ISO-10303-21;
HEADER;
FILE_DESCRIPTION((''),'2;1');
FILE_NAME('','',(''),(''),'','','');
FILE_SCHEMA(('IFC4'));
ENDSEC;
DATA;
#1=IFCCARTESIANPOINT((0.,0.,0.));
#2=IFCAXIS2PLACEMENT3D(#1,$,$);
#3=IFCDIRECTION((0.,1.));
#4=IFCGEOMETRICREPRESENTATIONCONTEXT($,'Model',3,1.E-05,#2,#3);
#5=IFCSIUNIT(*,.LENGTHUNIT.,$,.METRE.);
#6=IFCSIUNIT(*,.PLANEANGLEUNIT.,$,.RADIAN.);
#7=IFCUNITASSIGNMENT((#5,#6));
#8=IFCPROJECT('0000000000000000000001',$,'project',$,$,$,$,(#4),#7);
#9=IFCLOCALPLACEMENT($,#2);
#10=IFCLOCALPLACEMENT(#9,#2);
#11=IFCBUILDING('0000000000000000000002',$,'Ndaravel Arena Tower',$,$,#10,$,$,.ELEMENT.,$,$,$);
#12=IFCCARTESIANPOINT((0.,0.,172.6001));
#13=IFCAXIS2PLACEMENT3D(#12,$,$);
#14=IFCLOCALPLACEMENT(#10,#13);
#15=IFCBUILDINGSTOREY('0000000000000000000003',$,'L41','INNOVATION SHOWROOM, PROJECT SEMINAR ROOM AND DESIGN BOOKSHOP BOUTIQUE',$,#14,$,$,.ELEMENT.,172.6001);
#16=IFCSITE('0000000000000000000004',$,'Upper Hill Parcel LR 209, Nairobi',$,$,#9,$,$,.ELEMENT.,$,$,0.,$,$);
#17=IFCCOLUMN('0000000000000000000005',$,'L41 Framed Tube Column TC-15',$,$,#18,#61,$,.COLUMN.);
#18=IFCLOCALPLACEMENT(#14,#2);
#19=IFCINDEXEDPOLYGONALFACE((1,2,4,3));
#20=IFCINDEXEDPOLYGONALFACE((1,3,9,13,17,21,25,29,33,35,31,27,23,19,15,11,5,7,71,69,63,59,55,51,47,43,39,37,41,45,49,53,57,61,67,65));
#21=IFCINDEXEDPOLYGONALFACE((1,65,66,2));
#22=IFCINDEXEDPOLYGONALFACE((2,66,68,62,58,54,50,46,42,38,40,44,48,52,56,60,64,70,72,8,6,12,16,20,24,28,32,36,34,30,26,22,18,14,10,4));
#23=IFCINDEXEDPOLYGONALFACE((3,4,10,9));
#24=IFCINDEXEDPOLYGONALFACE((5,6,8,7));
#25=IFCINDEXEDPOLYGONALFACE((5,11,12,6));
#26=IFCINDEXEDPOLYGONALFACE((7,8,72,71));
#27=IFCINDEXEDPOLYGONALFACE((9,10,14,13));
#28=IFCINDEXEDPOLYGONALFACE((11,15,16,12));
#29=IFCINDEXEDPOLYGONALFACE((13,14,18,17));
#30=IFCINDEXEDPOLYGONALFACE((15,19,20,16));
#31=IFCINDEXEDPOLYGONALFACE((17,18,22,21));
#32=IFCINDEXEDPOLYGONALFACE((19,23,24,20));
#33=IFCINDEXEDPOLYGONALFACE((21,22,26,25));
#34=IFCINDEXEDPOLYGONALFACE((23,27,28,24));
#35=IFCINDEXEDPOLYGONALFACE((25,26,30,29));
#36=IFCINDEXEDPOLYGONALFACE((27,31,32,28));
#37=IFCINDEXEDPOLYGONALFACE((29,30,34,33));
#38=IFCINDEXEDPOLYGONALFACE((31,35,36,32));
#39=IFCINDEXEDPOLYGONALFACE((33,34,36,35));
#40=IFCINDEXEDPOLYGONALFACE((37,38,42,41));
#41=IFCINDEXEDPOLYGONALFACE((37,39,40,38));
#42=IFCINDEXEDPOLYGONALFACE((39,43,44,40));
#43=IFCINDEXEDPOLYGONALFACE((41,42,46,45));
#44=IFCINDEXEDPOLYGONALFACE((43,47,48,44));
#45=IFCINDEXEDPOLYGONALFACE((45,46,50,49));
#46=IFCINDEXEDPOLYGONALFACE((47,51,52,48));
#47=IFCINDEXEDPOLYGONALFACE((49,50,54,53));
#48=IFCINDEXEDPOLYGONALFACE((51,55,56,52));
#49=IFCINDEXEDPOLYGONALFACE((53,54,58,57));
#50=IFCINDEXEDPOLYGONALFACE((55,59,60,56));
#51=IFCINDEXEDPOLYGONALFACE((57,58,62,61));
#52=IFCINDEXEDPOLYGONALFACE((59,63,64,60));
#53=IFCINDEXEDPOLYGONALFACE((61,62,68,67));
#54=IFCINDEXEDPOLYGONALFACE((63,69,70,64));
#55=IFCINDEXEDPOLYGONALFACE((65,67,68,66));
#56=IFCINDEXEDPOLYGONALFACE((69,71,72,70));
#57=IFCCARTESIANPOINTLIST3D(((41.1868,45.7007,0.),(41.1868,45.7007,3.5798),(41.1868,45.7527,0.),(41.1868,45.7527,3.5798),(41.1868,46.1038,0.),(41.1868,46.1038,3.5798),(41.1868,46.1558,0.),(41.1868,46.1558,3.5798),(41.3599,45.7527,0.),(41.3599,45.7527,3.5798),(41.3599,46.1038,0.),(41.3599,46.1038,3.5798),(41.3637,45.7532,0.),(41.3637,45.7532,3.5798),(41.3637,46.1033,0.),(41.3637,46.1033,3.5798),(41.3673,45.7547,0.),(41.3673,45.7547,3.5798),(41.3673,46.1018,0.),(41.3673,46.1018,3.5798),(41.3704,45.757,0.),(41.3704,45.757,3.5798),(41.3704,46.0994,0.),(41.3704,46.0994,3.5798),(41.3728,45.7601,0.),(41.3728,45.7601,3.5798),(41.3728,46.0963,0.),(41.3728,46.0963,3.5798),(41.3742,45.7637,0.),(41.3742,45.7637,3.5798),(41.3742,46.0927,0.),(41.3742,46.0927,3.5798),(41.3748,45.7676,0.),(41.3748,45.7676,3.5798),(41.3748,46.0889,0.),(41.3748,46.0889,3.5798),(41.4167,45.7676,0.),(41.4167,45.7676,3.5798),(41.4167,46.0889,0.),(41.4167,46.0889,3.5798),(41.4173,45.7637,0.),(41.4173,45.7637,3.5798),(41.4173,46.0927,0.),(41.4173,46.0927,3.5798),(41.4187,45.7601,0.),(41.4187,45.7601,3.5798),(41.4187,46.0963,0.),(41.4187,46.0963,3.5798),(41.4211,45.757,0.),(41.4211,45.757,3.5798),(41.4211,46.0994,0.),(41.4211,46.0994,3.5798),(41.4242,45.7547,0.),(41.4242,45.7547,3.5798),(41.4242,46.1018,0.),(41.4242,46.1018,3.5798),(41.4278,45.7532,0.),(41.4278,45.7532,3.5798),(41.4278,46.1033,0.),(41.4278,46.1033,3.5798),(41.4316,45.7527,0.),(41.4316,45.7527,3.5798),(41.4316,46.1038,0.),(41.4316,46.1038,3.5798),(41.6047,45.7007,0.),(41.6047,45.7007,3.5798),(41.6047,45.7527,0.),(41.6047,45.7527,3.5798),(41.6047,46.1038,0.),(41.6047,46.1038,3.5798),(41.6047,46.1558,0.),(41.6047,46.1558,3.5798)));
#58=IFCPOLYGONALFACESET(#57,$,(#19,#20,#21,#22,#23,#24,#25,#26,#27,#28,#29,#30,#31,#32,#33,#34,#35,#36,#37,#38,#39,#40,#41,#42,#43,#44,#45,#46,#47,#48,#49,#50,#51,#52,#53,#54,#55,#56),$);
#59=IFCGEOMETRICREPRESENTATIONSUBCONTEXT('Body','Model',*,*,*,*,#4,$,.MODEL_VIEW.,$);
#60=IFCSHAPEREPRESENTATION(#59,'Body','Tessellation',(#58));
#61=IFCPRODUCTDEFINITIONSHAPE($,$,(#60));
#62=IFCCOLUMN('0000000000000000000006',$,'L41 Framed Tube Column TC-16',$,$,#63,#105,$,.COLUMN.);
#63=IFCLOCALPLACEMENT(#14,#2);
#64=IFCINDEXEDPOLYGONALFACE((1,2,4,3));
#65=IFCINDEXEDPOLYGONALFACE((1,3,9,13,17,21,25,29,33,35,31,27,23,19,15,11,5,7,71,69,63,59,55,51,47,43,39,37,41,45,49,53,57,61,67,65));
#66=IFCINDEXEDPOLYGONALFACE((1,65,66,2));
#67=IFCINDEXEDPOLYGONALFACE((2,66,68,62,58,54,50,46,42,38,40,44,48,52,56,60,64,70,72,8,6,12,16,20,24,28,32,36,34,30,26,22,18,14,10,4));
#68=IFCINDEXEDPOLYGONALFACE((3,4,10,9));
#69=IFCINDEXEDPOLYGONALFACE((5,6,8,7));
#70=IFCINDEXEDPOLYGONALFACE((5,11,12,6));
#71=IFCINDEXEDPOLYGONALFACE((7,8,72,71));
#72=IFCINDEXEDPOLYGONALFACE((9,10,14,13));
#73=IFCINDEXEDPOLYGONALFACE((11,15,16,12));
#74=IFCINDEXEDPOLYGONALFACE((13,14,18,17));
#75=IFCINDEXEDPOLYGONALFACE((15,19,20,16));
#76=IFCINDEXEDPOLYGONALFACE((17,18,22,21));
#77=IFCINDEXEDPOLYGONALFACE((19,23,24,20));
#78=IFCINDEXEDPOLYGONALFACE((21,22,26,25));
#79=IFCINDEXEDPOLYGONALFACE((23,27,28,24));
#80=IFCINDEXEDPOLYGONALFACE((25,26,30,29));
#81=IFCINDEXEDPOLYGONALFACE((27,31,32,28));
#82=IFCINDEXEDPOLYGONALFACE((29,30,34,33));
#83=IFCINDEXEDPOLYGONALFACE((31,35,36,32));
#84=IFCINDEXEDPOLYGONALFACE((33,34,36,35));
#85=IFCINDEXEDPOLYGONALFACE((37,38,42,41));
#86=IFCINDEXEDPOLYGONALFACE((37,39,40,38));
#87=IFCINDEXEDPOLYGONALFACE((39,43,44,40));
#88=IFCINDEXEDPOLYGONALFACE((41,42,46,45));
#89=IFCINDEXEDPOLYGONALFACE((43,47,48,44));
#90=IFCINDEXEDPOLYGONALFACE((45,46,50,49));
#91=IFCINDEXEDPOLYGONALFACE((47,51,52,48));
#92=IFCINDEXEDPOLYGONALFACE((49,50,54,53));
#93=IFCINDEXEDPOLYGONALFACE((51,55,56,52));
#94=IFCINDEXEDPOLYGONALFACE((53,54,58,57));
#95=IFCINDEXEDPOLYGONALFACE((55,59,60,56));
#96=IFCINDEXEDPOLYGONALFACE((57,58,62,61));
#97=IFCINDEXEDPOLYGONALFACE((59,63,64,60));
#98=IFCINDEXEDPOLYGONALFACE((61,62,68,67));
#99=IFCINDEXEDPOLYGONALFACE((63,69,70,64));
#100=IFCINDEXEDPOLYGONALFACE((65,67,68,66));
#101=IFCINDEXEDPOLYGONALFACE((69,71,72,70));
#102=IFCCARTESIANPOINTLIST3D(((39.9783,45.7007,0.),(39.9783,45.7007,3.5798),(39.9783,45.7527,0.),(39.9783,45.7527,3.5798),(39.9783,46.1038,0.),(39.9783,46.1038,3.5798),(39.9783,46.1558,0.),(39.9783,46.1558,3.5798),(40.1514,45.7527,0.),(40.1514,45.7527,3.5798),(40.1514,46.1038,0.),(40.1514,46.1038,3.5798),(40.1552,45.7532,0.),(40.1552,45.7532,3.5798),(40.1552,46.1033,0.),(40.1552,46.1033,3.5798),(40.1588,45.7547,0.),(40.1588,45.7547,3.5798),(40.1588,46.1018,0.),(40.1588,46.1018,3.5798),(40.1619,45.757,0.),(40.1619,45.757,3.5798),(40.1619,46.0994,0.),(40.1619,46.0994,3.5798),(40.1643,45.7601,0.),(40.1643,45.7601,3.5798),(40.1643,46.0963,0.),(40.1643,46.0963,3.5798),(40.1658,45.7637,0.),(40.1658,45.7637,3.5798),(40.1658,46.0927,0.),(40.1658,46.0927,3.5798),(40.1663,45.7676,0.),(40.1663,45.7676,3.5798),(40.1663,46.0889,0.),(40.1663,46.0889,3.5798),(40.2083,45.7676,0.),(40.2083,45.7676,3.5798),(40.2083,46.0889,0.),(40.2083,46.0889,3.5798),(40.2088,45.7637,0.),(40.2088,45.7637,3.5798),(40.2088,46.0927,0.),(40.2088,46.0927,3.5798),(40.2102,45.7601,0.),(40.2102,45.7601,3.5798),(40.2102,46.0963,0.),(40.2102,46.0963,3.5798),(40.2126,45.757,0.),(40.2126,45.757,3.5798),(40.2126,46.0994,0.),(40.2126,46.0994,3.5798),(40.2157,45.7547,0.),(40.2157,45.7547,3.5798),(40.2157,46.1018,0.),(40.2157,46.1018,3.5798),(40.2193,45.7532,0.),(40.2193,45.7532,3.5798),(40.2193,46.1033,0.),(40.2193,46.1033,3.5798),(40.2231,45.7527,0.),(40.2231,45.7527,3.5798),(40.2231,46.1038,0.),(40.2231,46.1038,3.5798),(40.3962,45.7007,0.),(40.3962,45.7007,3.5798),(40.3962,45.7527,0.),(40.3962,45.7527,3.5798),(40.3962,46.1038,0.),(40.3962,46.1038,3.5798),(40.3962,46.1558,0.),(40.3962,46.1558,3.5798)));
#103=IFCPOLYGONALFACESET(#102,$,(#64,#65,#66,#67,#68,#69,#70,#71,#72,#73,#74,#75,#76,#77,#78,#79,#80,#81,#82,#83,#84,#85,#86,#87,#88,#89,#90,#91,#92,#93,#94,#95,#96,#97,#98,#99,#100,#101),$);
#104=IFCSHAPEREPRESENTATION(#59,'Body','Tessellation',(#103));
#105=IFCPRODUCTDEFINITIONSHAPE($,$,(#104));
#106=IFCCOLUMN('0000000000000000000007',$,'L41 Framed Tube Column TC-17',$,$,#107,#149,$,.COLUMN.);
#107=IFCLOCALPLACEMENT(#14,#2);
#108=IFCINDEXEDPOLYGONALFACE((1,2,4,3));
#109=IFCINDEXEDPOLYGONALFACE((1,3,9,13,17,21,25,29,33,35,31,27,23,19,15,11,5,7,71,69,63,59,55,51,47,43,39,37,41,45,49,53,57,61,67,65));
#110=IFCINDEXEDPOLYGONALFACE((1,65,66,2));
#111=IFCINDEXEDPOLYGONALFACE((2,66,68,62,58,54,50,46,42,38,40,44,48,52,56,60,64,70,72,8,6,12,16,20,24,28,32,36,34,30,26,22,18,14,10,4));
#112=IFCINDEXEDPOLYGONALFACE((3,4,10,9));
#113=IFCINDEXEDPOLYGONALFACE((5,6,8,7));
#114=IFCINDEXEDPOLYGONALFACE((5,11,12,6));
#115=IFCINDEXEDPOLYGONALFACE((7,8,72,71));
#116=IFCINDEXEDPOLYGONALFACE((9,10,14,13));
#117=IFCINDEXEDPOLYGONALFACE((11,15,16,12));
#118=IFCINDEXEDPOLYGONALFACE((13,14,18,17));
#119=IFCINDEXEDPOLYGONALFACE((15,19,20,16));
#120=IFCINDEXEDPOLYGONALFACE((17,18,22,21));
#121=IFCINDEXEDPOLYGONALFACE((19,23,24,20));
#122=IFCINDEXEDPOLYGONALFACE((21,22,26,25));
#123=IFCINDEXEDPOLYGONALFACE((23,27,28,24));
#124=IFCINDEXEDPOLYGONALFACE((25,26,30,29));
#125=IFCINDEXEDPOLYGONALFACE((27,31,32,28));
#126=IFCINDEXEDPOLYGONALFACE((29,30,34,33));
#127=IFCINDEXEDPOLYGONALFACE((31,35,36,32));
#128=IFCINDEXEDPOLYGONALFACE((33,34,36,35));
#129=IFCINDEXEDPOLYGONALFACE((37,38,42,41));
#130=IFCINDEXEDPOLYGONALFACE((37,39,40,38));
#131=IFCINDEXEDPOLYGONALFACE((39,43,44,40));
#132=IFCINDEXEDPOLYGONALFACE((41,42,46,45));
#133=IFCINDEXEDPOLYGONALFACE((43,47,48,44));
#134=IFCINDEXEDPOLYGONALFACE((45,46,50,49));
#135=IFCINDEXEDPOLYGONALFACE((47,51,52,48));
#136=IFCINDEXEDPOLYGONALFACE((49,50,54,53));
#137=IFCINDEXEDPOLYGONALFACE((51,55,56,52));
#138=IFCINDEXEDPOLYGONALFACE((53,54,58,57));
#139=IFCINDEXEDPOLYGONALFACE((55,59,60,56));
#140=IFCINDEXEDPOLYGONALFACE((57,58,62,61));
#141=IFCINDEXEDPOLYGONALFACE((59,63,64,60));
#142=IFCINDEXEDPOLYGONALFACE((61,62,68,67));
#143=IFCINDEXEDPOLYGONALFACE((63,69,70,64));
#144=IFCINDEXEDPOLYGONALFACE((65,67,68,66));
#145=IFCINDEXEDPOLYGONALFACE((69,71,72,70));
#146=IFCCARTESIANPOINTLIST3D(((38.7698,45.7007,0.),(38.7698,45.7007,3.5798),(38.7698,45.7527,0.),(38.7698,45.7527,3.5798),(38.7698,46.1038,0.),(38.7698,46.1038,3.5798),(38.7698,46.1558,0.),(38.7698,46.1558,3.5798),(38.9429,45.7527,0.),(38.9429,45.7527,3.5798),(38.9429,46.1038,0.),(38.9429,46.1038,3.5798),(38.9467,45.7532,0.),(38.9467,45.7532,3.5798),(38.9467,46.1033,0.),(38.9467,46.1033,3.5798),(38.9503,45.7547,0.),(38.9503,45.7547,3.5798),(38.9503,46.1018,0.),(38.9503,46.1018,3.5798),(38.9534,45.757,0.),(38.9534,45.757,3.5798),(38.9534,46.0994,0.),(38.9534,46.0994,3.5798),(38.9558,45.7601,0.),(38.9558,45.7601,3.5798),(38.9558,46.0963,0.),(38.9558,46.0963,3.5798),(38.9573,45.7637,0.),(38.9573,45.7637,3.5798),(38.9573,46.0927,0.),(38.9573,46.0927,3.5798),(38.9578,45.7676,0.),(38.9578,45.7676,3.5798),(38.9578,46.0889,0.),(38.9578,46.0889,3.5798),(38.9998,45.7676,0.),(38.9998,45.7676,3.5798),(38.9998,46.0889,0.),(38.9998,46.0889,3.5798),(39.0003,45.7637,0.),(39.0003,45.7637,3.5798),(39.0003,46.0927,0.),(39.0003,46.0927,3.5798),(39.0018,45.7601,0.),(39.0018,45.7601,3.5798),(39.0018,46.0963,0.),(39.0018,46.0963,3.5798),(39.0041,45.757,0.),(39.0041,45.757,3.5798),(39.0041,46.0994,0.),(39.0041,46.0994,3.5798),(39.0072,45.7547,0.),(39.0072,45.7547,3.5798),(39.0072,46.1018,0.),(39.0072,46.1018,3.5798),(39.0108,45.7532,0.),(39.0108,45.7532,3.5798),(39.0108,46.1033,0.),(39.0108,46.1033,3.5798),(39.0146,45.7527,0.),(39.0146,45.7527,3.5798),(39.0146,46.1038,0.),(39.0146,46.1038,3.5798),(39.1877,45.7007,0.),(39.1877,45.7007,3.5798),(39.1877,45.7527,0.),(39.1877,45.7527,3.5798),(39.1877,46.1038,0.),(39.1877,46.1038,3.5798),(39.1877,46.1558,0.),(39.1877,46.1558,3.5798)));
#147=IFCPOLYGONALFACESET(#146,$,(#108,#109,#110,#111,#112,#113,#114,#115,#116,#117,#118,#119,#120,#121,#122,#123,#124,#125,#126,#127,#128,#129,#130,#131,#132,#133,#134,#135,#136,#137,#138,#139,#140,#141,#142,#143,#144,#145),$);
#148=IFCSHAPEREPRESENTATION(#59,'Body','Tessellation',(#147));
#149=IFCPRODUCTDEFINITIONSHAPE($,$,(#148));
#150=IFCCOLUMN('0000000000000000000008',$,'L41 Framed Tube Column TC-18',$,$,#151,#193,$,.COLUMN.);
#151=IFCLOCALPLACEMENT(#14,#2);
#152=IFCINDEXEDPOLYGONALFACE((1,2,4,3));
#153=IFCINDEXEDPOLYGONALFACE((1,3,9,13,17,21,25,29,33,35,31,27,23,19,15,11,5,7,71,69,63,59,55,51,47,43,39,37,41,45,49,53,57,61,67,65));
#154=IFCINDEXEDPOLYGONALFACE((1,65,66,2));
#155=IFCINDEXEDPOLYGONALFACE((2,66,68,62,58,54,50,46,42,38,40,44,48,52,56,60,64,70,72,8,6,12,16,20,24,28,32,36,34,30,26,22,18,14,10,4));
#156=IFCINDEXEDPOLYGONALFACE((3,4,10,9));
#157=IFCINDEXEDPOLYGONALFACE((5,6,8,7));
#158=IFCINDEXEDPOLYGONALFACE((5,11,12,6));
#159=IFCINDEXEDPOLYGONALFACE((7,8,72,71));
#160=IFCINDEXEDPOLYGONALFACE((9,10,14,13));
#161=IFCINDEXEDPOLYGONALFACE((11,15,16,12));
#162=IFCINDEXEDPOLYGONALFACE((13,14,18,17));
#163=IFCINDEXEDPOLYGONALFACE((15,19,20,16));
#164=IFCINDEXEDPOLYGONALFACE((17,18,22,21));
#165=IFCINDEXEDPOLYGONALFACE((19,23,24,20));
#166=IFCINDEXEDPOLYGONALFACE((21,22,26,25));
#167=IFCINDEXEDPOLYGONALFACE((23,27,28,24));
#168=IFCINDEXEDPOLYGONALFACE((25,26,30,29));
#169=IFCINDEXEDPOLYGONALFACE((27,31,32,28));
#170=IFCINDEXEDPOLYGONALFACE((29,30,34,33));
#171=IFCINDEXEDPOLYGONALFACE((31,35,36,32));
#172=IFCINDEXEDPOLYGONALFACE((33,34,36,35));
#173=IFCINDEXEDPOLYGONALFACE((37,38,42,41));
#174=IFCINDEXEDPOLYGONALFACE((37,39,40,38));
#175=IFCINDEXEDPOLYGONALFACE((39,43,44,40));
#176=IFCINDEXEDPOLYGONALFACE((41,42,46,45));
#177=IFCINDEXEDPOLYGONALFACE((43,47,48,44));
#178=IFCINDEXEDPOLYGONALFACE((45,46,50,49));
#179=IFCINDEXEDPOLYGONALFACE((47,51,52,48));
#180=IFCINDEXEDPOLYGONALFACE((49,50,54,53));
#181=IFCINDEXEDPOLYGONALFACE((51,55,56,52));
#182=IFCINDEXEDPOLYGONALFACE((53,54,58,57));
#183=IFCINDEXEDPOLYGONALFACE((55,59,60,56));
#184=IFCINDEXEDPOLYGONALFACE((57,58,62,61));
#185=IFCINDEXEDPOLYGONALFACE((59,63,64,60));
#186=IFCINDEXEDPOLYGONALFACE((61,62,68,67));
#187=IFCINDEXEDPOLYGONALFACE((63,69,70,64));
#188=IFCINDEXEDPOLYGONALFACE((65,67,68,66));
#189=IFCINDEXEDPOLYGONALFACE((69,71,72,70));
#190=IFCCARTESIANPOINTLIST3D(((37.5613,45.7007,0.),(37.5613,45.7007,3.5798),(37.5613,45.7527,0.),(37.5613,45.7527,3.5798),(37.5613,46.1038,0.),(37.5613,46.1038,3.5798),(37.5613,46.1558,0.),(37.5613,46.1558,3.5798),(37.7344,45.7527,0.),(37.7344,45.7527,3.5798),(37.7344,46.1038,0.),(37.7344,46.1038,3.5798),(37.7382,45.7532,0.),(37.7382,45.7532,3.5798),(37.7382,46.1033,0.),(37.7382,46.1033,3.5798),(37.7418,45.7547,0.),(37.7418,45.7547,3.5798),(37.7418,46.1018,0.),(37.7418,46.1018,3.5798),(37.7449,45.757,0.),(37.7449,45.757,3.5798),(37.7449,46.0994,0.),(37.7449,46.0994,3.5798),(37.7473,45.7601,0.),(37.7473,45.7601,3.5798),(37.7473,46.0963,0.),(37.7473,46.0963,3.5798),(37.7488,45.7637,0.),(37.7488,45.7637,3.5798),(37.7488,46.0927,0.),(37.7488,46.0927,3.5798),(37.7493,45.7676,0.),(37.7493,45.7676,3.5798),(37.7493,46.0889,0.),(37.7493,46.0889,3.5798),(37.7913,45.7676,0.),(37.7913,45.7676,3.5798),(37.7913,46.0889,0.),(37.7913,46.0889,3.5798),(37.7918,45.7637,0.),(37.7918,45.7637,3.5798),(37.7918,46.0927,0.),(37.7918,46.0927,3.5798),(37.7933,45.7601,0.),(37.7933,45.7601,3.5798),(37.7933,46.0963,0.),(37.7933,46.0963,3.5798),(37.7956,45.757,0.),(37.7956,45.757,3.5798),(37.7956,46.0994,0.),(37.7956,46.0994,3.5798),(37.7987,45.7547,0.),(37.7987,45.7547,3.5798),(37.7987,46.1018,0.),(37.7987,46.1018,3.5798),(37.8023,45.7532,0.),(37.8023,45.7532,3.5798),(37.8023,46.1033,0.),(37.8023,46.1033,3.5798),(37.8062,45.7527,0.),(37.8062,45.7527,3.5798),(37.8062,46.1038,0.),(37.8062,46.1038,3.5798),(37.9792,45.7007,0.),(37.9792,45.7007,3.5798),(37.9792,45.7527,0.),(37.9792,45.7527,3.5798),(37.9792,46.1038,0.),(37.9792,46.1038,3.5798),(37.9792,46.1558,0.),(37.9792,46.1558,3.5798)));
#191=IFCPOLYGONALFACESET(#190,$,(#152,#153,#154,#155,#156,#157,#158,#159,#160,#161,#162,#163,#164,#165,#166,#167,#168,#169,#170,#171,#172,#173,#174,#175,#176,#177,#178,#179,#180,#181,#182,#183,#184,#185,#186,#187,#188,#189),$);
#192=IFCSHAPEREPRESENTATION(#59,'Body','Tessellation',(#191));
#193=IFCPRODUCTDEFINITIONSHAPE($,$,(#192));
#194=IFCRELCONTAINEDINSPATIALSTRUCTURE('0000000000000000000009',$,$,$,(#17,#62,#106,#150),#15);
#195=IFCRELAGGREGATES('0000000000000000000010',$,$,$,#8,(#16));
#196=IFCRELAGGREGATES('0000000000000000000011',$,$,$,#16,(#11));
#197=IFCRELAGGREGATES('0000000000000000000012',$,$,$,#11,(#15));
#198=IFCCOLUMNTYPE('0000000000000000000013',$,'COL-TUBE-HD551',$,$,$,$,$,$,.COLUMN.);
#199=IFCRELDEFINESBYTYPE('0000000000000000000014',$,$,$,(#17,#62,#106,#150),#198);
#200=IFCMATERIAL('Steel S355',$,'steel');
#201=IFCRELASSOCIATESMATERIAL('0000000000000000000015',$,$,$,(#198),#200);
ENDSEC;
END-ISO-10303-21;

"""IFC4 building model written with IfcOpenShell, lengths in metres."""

from ifc_helpers import new_model, si_unit, direction, frame, origin, origin_2d, place, context, subcontext, project, spatial, i_section, extrude, material, material_profile, profile_set, type_object, element, save


model = new_model("IFC4")

# Units and contexts
model_context = context("Model", 3, precision=1e-05, world=origin(), true_north=direction((0.0, 1.0)))
body_context = subcontext(model_context, "Body", "Model", "MODEL_VIEW")
ifc_project = project(units=[si_unit("LENGTHUNIT", "METRE"), si_unit("PLANEANGLEUNIT", "RADIAN")], contexts=[model_context])

# Site, building, storey
site_placement = place(None, origin())
site = spatial("IfcSite", under=ifc_project, at=site_placement, Name="Upper Hill Parcel LR 209, Nairobi", CompositionType="ELEMENT", RefElevation=0.0)
building_placement = place(site_placement, origin())
building = spatial("IfcBuilding", under=site, at=building_placement, Name="Ndaravel Arena Tower", CompositionType="ELEMENT")
storey_placement = place(building_placement, frame((0.0, 0.0, 172.6001)))
storey = spatial("IfcBuildingStorey", under=building, at=storey_placement, Name="L41", Description="INNOVATION SHOWROOM, PROJECT SEMINAR ROOM AND DESIGN BOOKSHOP BOUTIQUE", CompositionType="ELEMENT", Elevation=172.6001)

# Columns
ifc_material_1 = material(Name="Steel S355", Category="steel")
ifc_material_profile_1 = material_profile(ifc_material_1, i_section(OverallWidth=0.418, OverallDepth=0.4551, WebThickness=0.042, FlangeThickness=0.052, FilletRadius=0.0149, at=origin_2d()), Name="HD 400x551")
ifc_profile_set_1 = profile_set([ifc_material_profile_1], Name="Steel S355")
column_type = type_object("IfcColumnType", Name="COL-TUBE-HD551", PredefinedType="COLUMN", material=ifc_profile_set_1)
for number, where, z_axis, x_axis, name in (
    (1, (41.3958, 45.9282, 0.0), (0.0, 0.0, 1.0), (1.0, 0.0, 0.0), "L41 Framed Tube Column TC-15"),
    (2, (40.1873, 45.9282, 0.0), (0.0, 0.0, 1.0), (1.0, 0.0, 0.0), "L41 Framed Tube Column TC-16"),
    (3, (38.9788, 45.9282, 0.0), (0.0, 0.0, 1.0), (1.0, 0.0, 0.0), "L41 Framed Tube Column TC-17"),
    (4, (37.7703, 45.9282, 0.0), (0.0, 0.0, 1.0), (1.0, 0.0, 0.0), "L41 Framed Tube Column TC-18"),
):
    element("IfcColumn", number, at=place(storey_placement, frame(where, z_axis=z_axis, x_axis=x_axis)), inside=storey, type_object=column_type, Name=name, PredefinedType="COLUMN", context=body_context, shape_type="SweptSolid", body=[
        extrude(i_section(OverallWidth=0.418, OverallDepth=0.4551, WebThickness=0.042, FlangeThickness=0.052, FilletRadius=0.0149, at=origin_2d()), origin(), (0.0, 0.0, 1.0), 3.5798),
    ])

save(model, "model.ifc")
